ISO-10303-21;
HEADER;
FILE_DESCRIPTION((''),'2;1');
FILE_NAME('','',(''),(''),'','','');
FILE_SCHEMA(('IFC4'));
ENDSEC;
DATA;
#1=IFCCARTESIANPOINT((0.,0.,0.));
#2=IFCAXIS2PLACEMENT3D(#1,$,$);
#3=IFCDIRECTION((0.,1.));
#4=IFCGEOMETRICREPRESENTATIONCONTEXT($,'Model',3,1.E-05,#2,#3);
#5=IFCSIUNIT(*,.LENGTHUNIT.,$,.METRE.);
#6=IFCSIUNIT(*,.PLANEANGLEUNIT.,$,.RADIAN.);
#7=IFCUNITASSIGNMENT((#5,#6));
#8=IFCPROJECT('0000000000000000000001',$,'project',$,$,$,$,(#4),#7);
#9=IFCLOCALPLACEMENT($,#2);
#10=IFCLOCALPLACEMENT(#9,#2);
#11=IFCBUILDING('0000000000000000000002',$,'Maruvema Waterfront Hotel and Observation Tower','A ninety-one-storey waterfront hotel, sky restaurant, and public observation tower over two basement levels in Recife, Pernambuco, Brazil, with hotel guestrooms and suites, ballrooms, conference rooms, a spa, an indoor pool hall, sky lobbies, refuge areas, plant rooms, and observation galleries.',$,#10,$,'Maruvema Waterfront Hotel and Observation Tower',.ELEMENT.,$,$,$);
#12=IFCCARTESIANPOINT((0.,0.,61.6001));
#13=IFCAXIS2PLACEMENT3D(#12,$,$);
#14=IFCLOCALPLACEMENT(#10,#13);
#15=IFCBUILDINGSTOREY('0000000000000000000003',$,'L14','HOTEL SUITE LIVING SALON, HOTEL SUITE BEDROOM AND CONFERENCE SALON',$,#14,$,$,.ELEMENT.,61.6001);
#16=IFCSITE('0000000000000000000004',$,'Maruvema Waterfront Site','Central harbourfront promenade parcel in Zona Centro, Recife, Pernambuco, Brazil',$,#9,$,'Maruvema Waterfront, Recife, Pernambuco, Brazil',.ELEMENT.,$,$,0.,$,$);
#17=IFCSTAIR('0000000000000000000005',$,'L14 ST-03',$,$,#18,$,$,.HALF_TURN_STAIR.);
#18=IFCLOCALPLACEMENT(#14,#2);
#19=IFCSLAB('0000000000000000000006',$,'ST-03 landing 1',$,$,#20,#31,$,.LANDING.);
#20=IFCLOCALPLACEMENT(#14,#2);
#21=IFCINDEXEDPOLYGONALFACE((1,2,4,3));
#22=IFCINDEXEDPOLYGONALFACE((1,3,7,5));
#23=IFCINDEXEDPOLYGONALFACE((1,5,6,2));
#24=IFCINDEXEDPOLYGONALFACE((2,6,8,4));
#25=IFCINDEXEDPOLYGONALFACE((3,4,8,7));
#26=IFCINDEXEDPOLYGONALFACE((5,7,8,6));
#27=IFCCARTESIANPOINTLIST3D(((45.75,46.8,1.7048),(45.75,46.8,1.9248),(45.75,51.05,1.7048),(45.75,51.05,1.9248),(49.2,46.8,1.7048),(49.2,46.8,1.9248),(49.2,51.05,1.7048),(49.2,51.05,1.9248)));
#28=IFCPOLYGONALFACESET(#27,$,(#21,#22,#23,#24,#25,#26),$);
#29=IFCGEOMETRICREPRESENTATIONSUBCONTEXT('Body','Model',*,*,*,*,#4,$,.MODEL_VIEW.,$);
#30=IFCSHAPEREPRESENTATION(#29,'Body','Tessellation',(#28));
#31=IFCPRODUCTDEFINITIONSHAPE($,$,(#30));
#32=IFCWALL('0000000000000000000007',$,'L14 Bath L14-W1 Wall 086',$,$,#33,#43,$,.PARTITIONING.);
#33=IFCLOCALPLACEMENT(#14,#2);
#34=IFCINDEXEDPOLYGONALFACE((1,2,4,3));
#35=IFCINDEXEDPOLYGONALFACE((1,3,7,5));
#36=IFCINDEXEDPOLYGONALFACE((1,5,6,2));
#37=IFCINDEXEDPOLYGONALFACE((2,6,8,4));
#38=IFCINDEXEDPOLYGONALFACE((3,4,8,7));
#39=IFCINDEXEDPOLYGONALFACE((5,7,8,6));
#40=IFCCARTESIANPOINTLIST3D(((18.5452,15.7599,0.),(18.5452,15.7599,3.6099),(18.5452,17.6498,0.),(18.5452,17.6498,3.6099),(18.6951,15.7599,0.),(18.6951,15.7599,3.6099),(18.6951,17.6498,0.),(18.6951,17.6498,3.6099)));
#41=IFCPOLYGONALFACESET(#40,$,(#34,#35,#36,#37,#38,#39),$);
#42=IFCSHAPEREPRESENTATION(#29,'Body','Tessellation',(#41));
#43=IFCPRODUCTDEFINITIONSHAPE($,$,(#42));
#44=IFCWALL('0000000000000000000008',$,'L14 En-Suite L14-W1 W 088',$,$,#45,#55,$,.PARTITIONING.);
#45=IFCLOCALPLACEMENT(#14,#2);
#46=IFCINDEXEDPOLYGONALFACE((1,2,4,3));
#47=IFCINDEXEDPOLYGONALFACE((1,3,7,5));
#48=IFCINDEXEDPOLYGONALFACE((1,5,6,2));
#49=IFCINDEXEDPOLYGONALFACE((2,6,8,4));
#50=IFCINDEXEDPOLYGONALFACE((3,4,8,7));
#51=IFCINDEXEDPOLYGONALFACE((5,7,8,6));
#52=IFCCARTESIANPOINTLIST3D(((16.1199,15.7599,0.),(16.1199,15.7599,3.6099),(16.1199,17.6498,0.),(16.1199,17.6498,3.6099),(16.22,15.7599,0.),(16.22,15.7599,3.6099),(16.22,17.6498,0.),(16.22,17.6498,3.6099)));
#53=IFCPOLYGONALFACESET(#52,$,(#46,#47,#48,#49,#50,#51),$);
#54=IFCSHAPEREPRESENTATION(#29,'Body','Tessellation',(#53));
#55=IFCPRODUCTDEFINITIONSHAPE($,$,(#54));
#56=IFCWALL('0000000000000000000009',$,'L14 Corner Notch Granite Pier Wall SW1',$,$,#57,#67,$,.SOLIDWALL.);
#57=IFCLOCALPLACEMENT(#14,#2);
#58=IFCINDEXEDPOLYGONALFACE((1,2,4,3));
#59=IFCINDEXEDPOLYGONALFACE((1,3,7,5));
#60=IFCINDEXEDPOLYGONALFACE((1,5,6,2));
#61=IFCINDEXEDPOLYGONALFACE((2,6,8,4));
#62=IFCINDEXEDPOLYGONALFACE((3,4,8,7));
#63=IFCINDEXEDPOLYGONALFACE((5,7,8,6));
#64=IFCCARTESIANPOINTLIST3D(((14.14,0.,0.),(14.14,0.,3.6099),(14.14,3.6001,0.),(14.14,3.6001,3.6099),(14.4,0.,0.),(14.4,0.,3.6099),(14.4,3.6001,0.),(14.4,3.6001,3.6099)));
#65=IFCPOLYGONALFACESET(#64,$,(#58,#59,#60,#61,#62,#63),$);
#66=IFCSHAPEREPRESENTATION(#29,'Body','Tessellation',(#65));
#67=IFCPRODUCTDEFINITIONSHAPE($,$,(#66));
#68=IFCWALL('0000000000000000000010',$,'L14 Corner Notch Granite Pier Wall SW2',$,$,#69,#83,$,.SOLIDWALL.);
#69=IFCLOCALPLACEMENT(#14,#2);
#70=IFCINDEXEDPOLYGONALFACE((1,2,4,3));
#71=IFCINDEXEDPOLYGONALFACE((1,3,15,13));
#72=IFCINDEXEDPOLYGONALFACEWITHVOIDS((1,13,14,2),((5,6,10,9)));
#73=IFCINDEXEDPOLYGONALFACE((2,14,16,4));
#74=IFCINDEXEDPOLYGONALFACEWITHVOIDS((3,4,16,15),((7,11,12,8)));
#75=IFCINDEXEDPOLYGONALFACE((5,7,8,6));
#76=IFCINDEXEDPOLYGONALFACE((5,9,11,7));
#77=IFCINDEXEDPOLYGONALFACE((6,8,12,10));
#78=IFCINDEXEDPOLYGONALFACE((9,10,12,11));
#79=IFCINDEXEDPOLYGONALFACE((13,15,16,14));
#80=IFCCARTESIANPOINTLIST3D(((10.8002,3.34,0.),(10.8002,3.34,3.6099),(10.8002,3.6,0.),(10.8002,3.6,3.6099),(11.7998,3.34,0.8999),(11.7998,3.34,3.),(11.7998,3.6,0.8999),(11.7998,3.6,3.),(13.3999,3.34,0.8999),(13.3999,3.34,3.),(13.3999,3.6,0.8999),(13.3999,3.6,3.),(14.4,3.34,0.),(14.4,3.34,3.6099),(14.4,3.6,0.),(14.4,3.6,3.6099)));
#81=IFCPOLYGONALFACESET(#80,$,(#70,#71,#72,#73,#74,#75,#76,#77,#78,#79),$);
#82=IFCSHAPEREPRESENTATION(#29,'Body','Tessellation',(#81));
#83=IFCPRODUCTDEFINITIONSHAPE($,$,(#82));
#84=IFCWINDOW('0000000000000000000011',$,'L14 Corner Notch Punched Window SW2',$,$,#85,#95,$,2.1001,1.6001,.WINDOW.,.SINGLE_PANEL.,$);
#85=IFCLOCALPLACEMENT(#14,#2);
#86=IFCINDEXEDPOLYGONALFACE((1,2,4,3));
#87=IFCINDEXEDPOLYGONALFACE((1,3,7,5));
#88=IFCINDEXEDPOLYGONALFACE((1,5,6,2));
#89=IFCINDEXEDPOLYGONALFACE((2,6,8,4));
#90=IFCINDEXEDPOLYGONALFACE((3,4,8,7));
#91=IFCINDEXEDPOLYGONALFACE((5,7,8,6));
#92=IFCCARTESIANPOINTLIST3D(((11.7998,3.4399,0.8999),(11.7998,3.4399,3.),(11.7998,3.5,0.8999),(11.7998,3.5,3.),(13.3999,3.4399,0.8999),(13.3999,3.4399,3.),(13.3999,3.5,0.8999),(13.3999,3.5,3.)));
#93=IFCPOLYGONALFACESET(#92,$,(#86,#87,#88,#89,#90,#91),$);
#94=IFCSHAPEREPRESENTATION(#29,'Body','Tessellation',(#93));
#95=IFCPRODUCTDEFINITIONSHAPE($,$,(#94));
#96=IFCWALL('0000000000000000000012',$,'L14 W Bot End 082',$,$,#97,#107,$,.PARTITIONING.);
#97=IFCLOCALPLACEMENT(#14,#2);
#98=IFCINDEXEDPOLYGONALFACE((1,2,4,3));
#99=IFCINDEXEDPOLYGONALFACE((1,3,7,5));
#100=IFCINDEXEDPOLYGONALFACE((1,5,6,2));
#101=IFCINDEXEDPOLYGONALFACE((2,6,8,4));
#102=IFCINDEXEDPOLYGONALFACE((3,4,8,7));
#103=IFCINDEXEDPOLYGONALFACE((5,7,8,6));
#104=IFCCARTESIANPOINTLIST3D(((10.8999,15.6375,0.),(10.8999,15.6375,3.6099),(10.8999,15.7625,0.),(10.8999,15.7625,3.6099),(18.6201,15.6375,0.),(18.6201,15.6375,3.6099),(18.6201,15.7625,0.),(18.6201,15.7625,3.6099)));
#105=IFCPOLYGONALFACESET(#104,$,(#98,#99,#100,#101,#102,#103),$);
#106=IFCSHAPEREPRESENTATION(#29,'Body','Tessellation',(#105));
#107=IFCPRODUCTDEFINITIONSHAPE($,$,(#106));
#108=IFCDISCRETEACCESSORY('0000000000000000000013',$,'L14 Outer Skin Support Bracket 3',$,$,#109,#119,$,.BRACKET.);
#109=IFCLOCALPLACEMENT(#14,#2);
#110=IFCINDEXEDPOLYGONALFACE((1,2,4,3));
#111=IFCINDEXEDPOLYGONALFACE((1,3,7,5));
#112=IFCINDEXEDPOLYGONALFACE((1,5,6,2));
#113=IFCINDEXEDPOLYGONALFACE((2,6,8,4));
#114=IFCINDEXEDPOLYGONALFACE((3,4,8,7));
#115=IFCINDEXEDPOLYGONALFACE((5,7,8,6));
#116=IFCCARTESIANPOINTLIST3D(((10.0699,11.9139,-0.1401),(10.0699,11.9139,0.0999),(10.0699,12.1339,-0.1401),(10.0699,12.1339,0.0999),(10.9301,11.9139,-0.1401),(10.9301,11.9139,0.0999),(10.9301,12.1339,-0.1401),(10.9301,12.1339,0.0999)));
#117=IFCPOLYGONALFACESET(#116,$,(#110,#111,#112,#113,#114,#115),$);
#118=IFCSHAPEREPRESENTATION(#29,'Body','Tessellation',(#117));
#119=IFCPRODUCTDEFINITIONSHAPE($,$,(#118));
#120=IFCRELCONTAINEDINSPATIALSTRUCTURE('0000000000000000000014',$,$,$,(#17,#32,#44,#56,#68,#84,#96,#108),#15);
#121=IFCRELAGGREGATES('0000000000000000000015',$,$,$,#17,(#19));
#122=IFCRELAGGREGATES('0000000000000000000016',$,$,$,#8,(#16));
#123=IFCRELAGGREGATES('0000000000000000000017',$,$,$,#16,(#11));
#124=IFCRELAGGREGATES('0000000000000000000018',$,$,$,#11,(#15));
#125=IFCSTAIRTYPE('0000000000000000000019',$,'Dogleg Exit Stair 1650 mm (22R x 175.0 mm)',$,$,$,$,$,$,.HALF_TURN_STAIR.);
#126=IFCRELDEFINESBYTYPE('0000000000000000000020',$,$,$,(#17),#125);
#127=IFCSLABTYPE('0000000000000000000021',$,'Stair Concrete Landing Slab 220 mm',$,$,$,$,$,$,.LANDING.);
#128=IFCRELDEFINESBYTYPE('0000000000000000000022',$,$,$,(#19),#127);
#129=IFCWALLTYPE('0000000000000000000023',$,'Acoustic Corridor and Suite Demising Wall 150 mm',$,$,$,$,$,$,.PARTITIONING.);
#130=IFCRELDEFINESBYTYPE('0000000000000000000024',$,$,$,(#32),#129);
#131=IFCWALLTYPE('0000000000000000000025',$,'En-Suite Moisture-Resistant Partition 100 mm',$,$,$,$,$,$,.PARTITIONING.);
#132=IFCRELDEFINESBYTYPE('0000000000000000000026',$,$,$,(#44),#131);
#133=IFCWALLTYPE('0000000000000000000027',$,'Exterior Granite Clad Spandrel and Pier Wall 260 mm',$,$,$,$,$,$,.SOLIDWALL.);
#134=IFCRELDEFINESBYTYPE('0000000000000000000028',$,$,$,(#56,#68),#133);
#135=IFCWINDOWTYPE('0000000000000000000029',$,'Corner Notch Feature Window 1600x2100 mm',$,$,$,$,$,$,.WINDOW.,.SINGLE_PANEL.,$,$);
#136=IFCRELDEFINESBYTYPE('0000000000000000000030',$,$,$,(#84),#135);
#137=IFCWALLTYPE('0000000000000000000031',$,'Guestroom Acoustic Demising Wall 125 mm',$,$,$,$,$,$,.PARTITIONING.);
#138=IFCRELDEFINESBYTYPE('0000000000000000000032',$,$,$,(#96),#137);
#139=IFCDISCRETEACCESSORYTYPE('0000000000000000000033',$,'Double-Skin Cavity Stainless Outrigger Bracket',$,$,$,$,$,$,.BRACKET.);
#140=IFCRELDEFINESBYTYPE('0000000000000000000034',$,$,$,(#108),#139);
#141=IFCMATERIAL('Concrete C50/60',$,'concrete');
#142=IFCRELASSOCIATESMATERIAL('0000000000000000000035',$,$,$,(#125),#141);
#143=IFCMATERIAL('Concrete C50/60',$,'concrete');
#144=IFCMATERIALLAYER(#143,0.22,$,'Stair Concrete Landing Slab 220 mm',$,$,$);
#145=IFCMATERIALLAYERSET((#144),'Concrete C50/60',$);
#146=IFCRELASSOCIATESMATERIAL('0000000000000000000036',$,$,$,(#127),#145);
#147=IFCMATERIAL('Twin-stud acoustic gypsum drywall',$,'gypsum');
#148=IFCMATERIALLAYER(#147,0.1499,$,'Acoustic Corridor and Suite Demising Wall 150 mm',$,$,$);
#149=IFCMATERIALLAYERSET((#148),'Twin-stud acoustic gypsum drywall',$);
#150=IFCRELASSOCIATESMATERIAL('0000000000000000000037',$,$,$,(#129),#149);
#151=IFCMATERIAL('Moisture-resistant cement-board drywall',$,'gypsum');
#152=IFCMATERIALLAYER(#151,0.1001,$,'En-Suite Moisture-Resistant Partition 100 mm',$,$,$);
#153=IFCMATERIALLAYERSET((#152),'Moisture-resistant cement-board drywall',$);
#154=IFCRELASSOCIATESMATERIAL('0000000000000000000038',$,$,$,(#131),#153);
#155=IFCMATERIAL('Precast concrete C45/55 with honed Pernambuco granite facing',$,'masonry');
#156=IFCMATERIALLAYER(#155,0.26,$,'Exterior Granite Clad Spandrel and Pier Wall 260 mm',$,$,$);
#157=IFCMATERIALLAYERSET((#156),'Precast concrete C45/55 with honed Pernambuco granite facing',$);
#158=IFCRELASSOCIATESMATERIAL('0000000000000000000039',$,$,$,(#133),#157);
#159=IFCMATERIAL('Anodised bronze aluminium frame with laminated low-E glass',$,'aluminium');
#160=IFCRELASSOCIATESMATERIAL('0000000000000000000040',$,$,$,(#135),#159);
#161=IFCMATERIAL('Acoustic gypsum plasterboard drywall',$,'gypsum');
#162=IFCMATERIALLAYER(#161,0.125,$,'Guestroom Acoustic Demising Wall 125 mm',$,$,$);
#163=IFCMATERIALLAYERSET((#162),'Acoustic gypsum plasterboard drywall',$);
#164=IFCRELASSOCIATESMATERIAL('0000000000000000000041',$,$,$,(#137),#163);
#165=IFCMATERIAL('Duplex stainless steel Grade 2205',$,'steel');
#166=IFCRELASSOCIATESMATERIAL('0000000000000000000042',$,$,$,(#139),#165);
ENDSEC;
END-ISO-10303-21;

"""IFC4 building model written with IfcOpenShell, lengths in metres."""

from ifc_helpers import new_model, si_unit, direction, frame, frame_2d, origin, origin_2d, place, context, subcontext, project, spatial, polyline, rectangle, outline, extrude, material, layer, layer_set, type_object, element, fill, aggregate, save


model = new_model("IFC4")

# Units and contexts
model_context = context("Model", 3, precision=1e-05, world=origin(), true_north=direction((0.0, 1.0)))
body_context = subcontext(model_context, "Body", "Model", "MODEL_VIEW")
ifc_project = project(units=[si_unit("LENGTHUNIT", "METRE"), si_unit("PLANEANGLEUNIT", "RADIAN")], contexts=[model_context])

# Site, building, storey
site_placement = place(None, origin())
site = spatial("IfcSite", under=ifc_project, at=site_placement, Name="Maruvema Waterfront Site", Description="Central harbourfront promenade parcel in Zona Centro, Recife, Pernambuco, Brazil", LongName="Maruvema Waterfront, Recife, Pernambuco, Brazil", CompositionType="ELEMENT", RefElevation=0.0)
building_placement = place(site_placement, origin())
building = spatial("IfcBuilding", under=site, at=building_placement, Name="Maruvema Waterfront Hotel and Observation Tower", Description="A ninety-one-storey waterfront hotel, sky restaurant, and public observation tower over two basement levels in Recife, Pernambuco, Brazil, with hotel guestrooms and suites, ballrooms, conference rooms, a spa, an indoor pool hall, sky lobbies, refuge areas, plant rooms, and observation galleries.", LongName="Maruvema Waterfront Hotel and Observation Tower", CompositionType="ELEMENT")
storey_placement = place(building_placement, frame((0.0, 0.0, 61.6001)))
storey = spatial("IfcBuildingStorey", under=building, at=storey_placement, Name="L14", Description="HOTEL SUITE LIVING SALON, HOTEL SUITE BEDROOM AND CONFERENCE SALON", CompositionType="ELEMENT", Elevation=61.6001)

# Stair, slab
ifc_material_1 = material(Name="Concrete C50/60", Category="concrete")
stair_type = type_object("IfcStairType", Name="Dogleg Exit Stair 1650 mm (22R x 175.0 mm)", PredefinedType="HALF_TURN_STAIR", material=ifc_material_1)
ifc_material_2 = material(Name="Concrete C50/60", Category="concrete")
ifc_layer_1 = layer(ifc_material_2, 0.22, Name="Stair Concrete Landing Slab 220 mm")
ifc_layer_set_1 = layer_set([ifc_layer_1], Name="Concrete C50/60")
slab_type_1 = type_object("IfcSlabType", Name="Stair Concrete Landing Slab 220 mm", PredefinedType="LANDING", material=ifc_layer_set_1)
stair_1_placement = place(storey_placement, origin())
stair_1 = element("IfcStair", 1, at=stair_1_placement, inside=storey, type_object=stair_type, Name="L14 ST-03", PredefinedType="HALF_TURN_STAIR")
slab_1_placement = place(storey_placement, frame((0.0, 0.0, 1.7048)))
slab_1 = element("IfcSlab", 2, at=slab_1_placement, type_object=slab_type_1, Name="ST-03 landing 1", PredefinedType="LANDING", context=body_context, shape_type="SweptSolid", body=[
    extrude(outline(polyline([(49.2, 46.8), (49.2, 51.05), (45.75, 51.05), (45.75, 46.8), (49.2, 46.8)])), origin(), (0.0, 0.0, 1.0), 0.22),
])
aggregate(stair_1, [slab_1])

# Walls
ifc_material_3 = material(Name="Twin-stud acoustic gypsum drywall", Category="gypsum")
ifc_layer_2 = layer(ifc_material_3, 0.1499, Name="Acoustic Corridor and Suite Demising Wall 150 mm")
ifc_layer_set_2 = layer_set([ifc_layer_2], Name="Twin-stud acoustic gypsum drywall")
wall_type_1 = type_object("IfcWallType", Name="Acoustic Corridor and Suite Demising Wall 150 mm", PredefinedType="PARTITIONING", material=ifc_layer_set_2)
wall_1_placement = place(storey_placement, frame((18.6201, 15.76, 0.0), z_axis=(0.0, 0.0, 1.0), x_axis=(0.0, 1.0, 0.0)))
element("IfcWall", 3, at=wall_1_placement, inside=storey, type_object=wall_type_1, Name="L14 Bath L14-W1 Wall 086", PredefinedType="PARTITIONING", context=body_context, shape_type="SweptSolid", body=[
    extrude(rectangle(XDim=1.8899, YDim=0.1499, at=frame_2d((0.9448, 0.0))), origin(), (0.0, 0.0, 1.0), 3.6099),
])
ifc_material_4 = material(Name="Moisture-resistant cement-board drywall", Category="gypsum")
ifc_layer_3 = layer(ifc_material_4, 0.1001, Name="En-Suite Moisture-Resistant Partition 100 mm")
ifc_layer_set_3 = layer_set([ifc_layer_3], Name="Moisture-resistant cement-board drywall")
wall_type_2 = type_object("IfcWallType", Name="En-Suite Moisture-Resistant Partition 100 mm", PredefinedType="PARTITIONING", material=ifc_layer_set_3)
wall_2_placement = place(storey_placement, frame((16.1699, 15.76, 0.0), z_axis=(0.0, 0.0, 1.0), x_axis=(0.0, 1.0, 0.0)))
element("IfcWall", 4, at=wall_2_placement, inside=storey, type_object=wall_type_2, Name="L14 En-Suite L14-W1 W 088", PredefinedType="PARTITIONING", context=body_context, shape_type="SweptSolid", body=[
    extrude(rectangle(XDim=1.8899, YDim=0.1001, at=frame_2d((0.9448, 0.0))), origin(), (0.0, 0.0, 1.0), 3.6099),
])
ifc_material_5 = material(Name="Precast concrete C45/55 with honed Pernambuco granite facing", Category="masonry")
ifc_layer_4 = layer(ifc_material_5, 0.26, Name="Exterior Granite Clad Spandrel and Pier Wall 260 mm")
ifc_layer_set_4 = layer_set([ifc_layer_4], Name="Precast concrete C45/55 with honed Pernambuco granite facing")
wall_type_3 = type_object("IfcWallType", Name="Exterior Granite Clad Spandrel and Pier Wall 260 mm", PredefinedType="SOLIDWALL", material=ifc_layer_set_4)
wall_3_placement = place(storey_placement, frame((14.27, 0.0, 0.0), z_axis=(0.0, 0.0, 1.0), x_axis=(0.0, 1.0, 0.0)))
element("IfcWall", 5, at=wall_3_placement, inside=storey, type_object=wall_type_3, Name="L14 Corner Notch Granite Pier Wall SW1", PredefinedType="SOLIDWALL", context=body_context, shape_type="SweptSolid", body=[
    extrude(rectangle(XDim=3.6001, YDim=0.26, at=frame_2d((1.8, 0.0))), origin(), (0.0, 0.0, 1.0), 3.6099),
])

# Wall, opening, window
wall_4_placement = place(storey_placement, frame((14.3999, 3.47, 0.0), z_axis=(0.0, 0.0, 1.0), x_axis=(-1.0, 0.0, 0.0)))
wall_4 = element("IfcWall", 6, at=wall_4_placement, inside=storey, type_object=wall_type_3, Name="L14 Corner Notch Granite Pier Wall SW2", PredefinedType="SOLIDWALL", context=body_context, shape_type="SweptSolid", body=[
    extrude(rectangle(XDim=3.5999, YDim=0.26, at=frame_2d((1.7998, 0.0))), origin(), (0.0, 0.0, 1.0), 3.6099),
])
opening_placement = place(wall_4_placement, frame((1.0, 0.0, 0.8999)))
opening = element("IfcOpeningElement", 7, at=opening_placement, cuts=wall_4, PredefinedType="OPENING", context=body_context, shape_type="SweptSolid", body=[
    extrude(rectangle(XDim=1.6001, YDim=2.1001, at=frame_2d((0.8, 1.05))), frame((0.0, 0.1401, 0.0), z_axis=(0.0, -1.0, 0.0), x_axis=(1.0, 0.0, 0.0)), (0.0, 0.0, 1.0), 0.28),
])
ifc_material_6 = material(Name="Anodised bronze aluminium frame with laminated low-E glass", Category="aluminium")
window_type = type_object("IfcWindowType", Name="Corner Notch Feature Window 1600x2100 mm", PartitioningType="SINGLE_PANEL", PredefinedType="WINDOW", material=ifc_material_6)
window_placement = place(opening_placement, origin())
window = element("IfcWindow", 8, at=window_placement, inside=storey, type_object=window_type, Name="L14 Corner Notch Punched Window SW2", OverallHeight=2.1001, OverallWidth=1.6001, PartitioningType="SINGLE_PANEL", PredefinedType="WINDOW", context=body_context, shape_type="SweptSolid", body=[
    extrude(rectangle(XDim=1.6001, YDim=2.1001, at=frame_2d((0.8, 1.05))), frame((0.0, 0.03, 0.0), z_axis=(0.0, -1.0, 0.0), x_axis=(1.0, 0.0, 0.0)), (0.0, 0.0, 1.0), 0.0601),
])
fill(opening, window)

# Wall
ifc_material_7 = material(Name="Acoustic gypsum plasterboard drywall", Category="gypsum")
ifc_layer_5 = layer(ifc_material_7, 0.125, Name="Guestroom Acoustic Demising Wall 125 mm")
ifc_layer_set_5 = layer_set([ifc_layer_5], Name="Acoustic gypsum plasterboard drywall")
wall_type_4 = type_object("IfcWallType", Name="Guestroom Acoustic Demising Wall 125 mm", PredefinedType="PARTITIONING", material=ifc_layer_set_5)
wall_5_placement = place(storey_placement, frame((10.8999, 15.7, 0.0), z_axis=(0.0, 0.0, 1.0), x_axis=(1.0, 0.0, 0.0)))
element("IfcWall", 9, at=wall_5_placement, inside=storey, type_object=wall_type_4, Name="L14 W Bot End 082", PredefinedType="PARTITIONING", context=body_context, shape_type="SweptSolid", body=[
    extrude(rectangle(XDim=7.7202, YDim=0.125, at=frame_2d((3.8601, 0.0))), origin(), (0.0, 0.0, 1.0), 3.6099),
])

# Discrete accessory
ifc_material_8 = material(Name="Duplex stainless steel Grade 2205", Category="steel")
discrete_accessory_type = type_object("IfcDiscreteAccessoryType", Name="Double-Skin Cavity Stainless Outrigger Bracket", PredefinedType="BRACKET", material=ifc_material_8)
discrete_accessory_placement = place(storey_placement, frame((10.5, 12.0239, -0.1401), z_axis=(0.0, 0.0, 1.0), x_axis=(0.0, -1.0, 0.0)))
element("IfcDiscreteAccessory", 10, at=discrete_accessory_placement, inside=storey, type_object=discrete_accessory_type, Name="L14 Outer Skin Support Bracket 3", PredefinedType="BRACKET", context=body_context, shape_type="SweptSolid", body=[
    extrude(rectangle(XDim=0.22, YDim=0.8601, at=origin_2d()), origin(), (0.0, 0.0, 1.0), 0.24),
])

save(model, "model.ifc")
